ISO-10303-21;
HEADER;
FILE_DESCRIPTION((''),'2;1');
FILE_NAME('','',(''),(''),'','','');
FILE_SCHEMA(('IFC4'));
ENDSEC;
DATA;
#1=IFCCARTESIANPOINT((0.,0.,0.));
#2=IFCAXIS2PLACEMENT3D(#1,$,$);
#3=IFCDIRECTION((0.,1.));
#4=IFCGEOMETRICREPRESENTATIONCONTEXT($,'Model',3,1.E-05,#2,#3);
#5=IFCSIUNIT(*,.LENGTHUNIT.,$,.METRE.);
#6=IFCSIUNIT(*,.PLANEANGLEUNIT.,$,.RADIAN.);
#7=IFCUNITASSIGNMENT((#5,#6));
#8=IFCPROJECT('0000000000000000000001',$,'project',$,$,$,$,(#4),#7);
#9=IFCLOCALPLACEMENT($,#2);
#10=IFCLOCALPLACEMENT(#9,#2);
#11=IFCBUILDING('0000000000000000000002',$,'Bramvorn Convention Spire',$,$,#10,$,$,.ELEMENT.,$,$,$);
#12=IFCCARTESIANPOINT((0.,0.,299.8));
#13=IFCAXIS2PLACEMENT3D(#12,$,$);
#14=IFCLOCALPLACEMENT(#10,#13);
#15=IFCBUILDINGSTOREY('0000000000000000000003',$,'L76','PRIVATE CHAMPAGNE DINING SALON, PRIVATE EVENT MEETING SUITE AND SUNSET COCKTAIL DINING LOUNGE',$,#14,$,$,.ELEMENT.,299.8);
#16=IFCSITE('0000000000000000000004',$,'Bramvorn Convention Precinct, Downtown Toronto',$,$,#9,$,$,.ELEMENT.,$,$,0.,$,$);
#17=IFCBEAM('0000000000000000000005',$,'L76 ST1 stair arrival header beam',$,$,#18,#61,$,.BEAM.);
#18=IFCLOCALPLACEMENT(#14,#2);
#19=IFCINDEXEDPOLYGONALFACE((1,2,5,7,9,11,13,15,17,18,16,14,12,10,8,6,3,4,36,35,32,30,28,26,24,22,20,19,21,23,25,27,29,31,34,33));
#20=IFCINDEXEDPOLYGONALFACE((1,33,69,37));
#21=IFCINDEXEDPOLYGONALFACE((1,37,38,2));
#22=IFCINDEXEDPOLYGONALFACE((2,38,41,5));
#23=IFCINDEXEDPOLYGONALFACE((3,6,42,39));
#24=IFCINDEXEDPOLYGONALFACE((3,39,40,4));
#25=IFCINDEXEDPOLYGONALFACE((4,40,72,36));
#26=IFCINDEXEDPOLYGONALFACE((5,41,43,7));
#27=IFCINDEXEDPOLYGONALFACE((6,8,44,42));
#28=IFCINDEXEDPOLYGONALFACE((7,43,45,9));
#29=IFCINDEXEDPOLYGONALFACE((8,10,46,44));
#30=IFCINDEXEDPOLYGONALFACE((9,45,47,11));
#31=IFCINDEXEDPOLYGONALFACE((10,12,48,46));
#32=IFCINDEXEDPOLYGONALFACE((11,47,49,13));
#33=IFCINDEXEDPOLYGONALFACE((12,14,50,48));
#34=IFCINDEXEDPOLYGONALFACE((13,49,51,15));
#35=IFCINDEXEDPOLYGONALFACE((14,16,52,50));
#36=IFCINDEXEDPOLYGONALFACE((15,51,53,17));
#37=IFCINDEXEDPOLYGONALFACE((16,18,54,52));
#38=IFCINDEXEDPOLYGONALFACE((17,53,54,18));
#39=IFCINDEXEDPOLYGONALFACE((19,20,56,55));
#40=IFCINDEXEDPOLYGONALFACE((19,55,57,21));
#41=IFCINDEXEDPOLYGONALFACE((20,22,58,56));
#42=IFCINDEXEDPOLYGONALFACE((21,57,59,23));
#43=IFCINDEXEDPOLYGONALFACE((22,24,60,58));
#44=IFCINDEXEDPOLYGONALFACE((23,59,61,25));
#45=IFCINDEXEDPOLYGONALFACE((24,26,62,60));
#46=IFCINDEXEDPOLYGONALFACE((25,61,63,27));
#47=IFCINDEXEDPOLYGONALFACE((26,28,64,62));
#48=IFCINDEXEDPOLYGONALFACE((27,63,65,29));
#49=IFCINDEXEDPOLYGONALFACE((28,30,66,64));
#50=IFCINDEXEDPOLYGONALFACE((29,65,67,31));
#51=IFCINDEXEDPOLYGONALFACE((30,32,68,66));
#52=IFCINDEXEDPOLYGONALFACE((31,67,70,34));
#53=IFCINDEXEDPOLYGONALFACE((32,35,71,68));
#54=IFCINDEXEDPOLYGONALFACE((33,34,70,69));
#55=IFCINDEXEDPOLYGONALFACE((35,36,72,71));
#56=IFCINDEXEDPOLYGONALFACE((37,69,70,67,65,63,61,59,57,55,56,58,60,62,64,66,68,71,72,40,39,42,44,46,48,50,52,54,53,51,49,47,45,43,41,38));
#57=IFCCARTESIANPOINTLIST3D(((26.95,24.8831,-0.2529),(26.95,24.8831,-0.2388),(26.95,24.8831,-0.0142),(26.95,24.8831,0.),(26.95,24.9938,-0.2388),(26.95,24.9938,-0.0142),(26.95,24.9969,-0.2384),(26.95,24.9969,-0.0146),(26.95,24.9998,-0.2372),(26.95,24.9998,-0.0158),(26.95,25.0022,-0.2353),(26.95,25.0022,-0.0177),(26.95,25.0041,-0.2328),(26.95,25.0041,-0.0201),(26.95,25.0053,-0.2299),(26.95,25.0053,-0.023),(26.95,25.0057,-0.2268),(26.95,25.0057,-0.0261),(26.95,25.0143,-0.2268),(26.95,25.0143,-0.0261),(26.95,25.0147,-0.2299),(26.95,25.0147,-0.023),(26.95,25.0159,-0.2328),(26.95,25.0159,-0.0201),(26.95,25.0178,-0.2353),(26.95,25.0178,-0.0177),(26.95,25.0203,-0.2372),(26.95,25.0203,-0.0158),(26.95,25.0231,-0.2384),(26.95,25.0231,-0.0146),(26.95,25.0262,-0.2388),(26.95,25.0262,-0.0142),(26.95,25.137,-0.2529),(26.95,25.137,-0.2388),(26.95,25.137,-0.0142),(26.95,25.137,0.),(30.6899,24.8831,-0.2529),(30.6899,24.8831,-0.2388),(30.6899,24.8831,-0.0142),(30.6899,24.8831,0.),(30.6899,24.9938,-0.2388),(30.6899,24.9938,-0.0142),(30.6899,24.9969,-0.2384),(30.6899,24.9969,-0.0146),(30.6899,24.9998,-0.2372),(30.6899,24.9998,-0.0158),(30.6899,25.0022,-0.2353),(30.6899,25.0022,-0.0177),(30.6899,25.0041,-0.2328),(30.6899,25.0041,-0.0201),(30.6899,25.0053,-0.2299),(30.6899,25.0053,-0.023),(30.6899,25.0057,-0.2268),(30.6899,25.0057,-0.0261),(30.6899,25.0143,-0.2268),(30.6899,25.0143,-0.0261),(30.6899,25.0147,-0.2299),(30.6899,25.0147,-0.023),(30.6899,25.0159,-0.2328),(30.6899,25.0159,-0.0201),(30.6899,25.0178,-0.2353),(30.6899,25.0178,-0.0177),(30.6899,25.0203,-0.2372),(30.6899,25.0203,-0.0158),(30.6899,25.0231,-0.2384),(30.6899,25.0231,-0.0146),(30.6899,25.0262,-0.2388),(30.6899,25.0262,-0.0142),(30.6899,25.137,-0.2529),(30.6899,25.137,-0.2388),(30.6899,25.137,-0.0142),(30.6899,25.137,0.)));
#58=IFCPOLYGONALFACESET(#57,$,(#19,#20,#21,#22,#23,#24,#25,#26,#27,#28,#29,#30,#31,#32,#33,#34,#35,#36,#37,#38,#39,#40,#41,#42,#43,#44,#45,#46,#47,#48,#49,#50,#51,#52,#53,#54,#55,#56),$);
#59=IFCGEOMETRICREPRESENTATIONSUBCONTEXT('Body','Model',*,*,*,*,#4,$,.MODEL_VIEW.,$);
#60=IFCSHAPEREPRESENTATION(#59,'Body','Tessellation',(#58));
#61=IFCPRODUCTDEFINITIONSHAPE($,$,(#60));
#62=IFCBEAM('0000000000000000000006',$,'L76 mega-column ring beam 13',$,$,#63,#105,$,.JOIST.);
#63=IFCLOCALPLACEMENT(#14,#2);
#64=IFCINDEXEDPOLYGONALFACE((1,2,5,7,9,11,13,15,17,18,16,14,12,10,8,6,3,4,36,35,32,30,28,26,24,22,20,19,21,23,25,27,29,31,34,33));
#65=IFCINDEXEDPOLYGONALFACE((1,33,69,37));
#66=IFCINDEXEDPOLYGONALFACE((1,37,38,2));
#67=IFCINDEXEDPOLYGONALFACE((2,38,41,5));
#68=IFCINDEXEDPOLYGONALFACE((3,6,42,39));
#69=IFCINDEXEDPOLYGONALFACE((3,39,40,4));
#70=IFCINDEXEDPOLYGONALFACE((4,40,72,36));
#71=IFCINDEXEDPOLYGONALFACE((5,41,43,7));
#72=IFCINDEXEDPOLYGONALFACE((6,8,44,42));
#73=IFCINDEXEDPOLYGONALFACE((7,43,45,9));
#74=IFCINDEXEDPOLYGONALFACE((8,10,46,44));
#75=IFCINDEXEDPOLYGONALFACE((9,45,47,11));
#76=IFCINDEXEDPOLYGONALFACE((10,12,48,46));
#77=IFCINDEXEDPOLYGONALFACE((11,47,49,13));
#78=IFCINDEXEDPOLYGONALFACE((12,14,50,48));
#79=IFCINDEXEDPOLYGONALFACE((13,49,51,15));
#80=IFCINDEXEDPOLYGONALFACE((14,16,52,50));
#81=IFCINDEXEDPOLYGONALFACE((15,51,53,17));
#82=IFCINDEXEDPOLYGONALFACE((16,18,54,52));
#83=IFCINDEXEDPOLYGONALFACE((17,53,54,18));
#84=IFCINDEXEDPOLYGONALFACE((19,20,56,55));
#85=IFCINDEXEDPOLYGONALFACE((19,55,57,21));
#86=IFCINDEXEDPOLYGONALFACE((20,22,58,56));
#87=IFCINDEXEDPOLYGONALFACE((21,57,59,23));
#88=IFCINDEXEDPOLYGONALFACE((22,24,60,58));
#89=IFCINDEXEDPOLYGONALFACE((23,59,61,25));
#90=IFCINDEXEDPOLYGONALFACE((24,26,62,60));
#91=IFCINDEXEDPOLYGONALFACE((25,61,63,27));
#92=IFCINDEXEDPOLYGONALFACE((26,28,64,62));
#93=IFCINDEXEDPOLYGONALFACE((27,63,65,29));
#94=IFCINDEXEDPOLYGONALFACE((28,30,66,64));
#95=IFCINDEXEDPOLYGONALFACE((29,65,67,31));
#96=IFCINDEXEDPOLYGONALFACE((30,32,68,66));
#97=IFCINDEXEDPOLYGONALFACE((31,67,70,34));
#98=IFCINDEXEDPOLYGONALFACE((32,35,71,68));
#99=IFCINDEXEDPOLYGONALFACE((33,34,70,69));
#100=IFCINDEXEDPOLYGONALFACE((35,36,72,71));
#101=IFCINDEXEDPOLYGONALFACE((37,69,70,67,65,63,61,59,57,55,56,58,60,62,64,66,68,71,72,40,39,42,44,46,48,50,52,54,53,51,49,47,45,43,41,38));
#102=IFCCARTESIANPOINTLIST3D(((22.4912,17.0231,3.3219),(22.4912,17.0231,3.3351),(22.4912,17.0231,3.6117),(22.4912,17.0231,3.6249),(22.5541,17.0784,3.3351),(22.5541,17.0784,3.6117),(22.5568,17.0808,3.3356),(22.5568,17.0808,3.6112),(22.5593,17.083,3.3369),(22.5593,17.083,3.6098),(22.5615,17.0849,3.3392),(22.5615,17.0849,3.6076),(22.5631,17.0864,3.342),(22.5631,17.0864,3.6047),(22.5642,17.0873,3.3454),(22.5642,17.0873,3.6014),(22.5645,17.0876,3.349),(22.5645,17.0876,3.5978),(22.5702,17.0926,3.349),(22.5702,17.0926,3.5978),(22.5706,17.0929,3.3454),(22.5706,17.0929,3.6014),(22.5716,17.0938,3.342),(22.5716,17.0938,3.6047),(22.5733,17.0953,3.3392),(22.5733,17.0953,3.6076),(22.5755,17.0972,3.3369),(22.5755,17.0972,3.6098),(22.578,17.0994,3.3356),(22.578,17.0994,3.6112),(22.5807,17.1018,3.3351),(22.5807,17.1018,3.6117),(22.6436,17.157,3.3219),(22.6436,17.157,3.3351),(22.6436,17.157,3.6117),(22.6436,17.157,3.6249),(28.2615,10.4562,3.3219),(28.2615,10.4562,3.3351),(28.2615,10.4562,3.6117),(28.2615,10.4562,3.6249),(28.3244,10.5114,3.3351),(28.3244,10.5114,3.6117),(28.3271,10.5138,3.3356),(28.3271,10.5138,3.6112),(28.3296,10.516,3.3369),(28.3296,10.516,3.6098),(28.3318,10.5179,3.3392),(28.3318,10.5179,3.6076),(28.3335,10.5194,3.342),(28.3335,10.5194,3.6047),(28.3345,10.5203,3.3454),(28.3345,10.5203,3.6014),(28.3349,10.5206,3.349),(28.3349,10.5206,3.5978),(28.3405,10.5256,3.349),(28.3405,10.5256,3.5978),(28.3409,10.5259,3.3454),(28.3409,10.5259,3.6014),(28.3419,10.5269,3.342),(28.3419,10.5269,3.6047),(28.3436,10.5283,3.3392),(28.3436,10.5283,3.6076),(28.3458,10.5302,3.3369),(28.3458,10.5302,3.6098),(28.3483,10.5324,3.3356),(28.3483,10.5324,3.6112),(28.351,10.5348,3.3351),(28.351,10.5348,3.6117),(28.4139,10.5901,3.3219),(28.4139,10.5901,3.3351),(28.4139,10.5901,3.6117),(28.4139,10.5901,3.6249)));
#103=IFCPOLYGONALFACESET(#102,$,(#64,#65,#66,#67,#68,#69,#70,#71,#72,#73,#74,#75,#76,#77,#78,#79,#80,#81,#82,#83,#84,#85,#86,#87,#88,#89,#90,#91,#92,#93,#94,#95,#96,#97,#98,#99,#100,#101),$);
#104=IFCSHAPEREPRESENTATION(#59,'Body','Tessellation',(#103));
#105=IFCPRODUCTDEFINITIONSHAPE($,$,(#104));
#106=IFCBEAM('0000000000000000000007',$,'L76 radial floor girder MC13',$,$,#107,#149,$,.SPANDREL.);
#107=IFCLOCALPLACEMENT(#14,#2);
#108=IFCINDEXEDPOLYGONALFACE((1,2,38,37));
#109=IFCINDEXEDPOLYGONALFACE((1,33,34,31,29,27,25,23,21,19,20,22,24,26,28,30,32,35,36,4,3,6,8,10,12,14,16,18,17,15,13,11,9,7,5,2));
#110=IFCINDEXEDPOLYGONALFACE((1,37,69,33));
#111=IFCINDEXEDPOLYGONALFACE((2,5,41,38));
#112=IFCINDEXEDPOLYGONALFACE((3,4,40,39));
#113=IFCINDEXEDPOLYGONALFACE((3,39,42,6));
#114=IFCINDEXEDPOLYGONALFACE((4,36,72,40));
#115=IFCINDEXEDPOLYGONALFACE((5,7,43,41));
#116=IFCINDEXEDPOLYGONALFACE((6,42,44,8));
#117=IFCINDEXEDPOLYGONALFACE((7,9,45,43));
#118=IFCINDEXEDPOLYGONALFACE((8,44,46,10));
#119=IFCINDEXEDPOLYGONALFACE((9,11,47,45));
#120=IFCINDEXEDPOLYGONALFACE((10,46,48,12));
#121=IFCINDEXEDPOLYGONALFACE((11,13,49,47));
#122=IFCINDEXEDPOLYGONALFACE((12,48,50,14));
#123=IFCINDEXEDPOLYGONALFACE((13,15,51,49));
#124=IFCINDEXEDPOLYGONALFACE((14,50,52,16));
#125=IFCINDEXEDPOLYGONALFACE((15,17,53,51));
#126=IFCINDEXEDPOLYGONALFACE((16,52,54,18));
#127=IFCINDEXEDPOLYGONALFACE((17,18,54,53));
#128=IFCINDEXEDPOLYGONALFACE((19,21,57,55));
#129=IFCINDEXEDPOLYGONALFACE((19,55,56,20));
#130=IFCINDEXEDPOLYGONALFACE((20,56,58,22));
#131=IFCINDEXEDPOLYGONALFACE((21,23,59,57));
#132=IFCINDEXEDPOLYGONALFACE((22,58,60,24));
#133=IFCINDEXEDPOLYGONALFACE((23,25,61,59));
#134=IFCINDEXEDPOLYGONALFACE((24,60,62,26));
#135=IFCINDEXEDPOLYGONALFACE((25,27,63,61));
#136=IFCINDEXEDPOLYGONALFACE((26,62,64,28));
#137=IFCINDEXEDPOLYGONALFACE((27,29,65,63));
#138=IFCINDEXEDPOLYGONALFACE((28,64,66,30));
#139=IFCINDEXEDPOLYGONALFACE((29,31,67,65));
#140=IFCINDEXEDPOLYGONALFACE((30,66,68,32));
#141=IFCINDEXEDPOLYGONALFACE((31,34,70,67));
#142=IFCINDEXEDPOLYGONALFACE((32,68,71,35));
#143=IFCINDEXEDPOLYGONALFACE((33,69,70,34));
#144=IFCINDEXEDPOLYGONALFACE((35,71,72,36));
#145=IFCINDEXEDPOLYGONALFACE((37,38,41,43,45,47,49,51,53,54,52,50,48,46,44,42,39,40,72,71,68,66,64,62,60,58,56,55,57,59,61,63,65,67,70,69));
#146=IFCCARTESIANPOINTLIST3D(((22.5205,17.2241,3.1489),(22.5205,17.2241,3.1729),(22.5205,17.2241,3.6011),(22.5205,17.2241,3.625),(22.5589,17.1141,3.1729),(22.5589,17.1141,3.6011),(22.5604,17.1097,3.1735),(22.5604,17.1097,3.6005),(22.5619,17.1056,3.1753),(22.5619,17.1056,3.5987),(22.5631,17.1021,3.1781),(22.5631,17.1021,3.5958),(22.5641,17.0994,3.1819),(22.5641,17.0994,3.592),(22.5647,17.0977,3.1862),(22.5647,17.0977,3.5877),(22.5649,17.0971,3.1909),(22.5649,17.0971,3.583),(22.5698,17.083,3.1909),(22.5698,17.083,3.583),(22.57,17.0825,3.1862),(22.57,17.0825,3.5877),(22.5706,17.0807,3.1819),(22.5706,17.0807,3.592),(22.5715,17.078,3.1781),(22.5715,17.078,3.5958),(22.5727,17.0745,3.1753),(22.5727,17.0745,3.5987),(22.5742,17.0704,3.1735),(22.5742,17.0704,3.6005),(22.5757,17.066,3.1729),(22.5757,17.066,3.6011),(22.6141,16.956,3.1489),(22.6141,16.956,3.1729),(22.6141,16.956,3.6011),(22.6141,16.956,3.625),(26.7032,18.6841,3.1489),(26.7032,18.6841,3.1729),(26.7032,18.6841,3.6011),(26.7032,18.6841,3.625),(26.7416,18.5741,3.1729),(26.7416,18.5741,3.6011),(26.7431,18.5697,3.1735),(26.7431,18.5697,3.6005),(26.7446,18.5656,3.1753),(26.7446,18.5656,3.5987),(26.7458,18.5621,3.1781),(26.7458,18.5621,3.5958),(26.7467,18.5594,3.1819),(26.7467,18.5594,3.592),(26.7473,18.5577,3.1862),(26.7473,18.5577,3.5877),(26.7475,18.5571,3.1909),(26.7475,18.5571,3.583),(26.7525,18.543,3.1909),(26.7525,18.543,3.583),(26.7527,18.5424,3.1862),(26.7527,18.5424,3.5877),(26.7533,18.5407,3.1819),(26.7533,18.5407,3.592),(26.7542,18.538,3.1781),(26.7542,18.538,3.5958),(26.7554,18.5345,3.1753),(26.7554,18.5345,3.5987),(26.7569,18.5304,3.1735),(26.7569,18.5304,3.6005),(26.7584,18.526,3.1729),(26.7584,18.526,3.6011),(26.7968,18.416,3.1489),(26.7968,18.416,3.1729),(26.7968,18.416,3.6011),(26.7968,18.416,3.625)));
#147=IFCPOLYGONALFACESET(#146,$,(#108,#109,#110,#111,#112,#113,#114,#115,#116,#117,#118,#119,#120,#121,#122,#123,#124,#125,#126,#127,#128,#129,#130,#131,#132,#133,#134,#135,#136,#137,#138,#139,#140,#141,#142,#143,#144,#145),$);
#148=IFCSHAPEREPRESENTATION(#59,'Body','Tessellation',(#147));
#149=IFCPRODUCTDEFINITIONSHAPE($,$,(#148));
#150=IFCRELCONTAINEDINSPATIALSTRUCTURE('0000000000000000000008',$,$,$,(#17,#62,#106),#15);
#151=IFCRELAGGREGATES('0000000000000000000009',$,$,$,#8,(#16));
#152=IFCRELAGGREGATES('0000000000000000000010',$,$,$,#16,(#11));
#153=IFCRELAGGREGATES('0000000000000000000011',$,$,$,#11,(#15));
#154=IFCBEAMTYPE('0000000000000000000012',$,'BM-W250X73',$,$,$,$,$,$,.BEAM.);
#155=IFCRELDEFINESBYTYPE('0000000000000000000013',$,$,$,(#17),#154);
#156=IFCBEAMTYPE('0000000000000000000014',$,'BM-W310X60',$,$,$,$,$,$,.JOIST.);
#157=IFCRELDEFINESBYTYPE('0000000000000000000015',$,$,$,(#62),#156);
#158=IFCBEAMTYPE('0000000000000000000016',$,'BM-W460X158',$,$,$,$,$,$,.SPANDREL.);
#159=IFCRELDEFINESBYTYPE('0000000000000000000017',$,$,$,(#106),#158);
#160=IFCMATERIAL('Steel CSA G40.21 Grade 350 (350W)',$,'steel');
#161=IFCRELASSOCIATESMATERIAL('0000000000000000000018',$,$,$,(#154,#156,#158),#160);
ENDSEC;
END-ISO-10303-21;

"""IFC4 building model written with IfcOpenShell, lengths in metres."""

from ifc_helpers import new_model, si_unit, direction, frame, origin, origin_2d, place, context, subcontext, project, spatial, i_section, extrude, material, material_profile, profile_set, type_object, element, save


model = new_model("IFC4")

# Units and contexts
model_context = context("Model", 3, precision=1e-05, world=origin(), true_north=direction((0.0, 1.0)))
body_context = subcontext(model_context, "Body", "Model", "MODEL_VIEW")
ifc_project = project(units=[si_unit("LENGTHUNIT", "METRE"), si_unit("PLANEANGLEUNIT", "RADIAN")], contexts=[model_context])

# Site, building, storey
site_placement = place(None, origin())
site = spatial("IfcSite", under=ifc_project, at=site_placement, Name="Bramvorn Convention Precinct, Downtown Toronto", CompositionType="ELEMENT", RefElevation=0.0)
building_placement = place(site_placement, origin())
building = spatial("IfcBuilding", under=site, at=building_placement, Name="Bramvorn Convention Spire", CompositionType="ELEMENT")
storey_placement = place(building_placement, frame((0.0, 0.0, 299.8)))
storey = spatial("IfcBuildingStorey", under=building, at=storey_placement, Name="L76", Description="PRIVATE CHAMPAGNE DINING SALON, PRIVATE EVENT MEETING SUITE AND SUNSET COCKTAIL DINING LOUNGE", CompositionType="ELEMENT", Elevation=299.8)

# Shared definitions
ifc_material_1 = material(Name="Steel CSA G40.21 Grade 350 (350W)", Category="steel")

# Beams
ifc_material_profile_1 = material_profile(ifc_material_1, i_section(OverallWidth=0.2539, OverallDepth=0.2529, WebThickness=0.0085, FlangeThickness=0.0142, FilletRadius=0.012, at=origin_2d()))
ifc_profile_set_1 = profile_set([ifc_material_profile_1], Name="Steel CSA G40.21 Grade 350 (350W) - W250X73")
beam_type_1 = type_object("IfcBeamType", Name="BM-W250X73", PredefinedType="BEAM", material=ifc_profile_set_1)
beam_1_placement = place(storey_placement, frame((26.95, 25.01, -0.1265), z_axis=(1.0, 0.0, 0.0), x_axis=(0.0, 1.0, 0.0)))
element("IfcBeam", 1, at=beam_1_placement, inside=storey, type_object=beam_type_1, Name="L76 ST1 stair arrival header beam", PredefinedType="BEAM", context=body_context, shape_type="SweptSolid", body=[
    extrude(i_section(OverallWidth=0.2539, OverallDepth=0.2529, WebThickness=0.0085, FlangeThickness=0.0142, FilletRadius=0.012, at=origin_2d()), origin(), (0.0, 0.0, 1.0), 3.74),
])
ifc_material_profile_2 = material_profile(ifc_material_1, i_section(OverallWidth=0.2029, OverallDepth=0.303, WebThickness=0.0076, FlangeThickness=0.0132, FilletRadius=0.0139, at=origin_2d()))
ifc_profile_set_2 = profile_set([ifc_material_profile_2], Name="Steel CSA G40.21 Grade 350 (350W) - W310X60")
beam_type_2 = type_object("IfcBeamType", Name="BM-W310X60", PredefinedType="JOIST", material=ifc_profile_set_2)
beam_2_placement = place(storey_placement, frame((22.5674, 17.0901, 3.4734), z_axis=(0.660073, -0.751201, 0.0), x_axis=(0.751201, 0.660073, 0.0)))
element("IfcBeam", 2, at=beam_2_placement, inside=storey, type_object=beam_type_2, Name="L76 mega-column ring beam 13", PredefinedType="JOIST", context=body_context, shape_type="SweptSolid", body=[
    extrude(i_section(OverallWidth=0.2029, OverallDepth=0.303, WebThickness=0.0076, FlangeThickness=0.0132, FilletRadius=0.0139, at=origin_2d()), origin(), (0.0, 0.0, 1.0), 8.7419),
])
ifc_material_profile_3 = material_profile(ifc_material_1, i_section(OverallWidth=0.2839, OverallDepth=0.4761, WebThickness=0.0149, FlangeThickness=0.0239, FilletRadius=0.0181, at=origin_2d()))
ifc_profile_set_3 = profile_set([ifc_material_profile_3], Name="Steel CSA G40.21 Grade 350 (350W) - W460X158")
beam_type_3 = type_object("IfcBeamType", Name="BM-W460X158", PredefinedType="SPANDREL", material=ifc_profile_set_3)
beam_3_placement = place(storey_placement, frame((26.75, 18.55, 3.387), z_axis=(-0.944136, -0.329555, 0.0), x_axis=(0.329555, -0.944136, 0.0)))
element("IfcBeam", 3, at=beam_3_placement, inside=storey, type_object=beam_type_3, Name="L76 radial floor girder MC13", PredefinedType="SPANDREL", context=body_context, shape_type="SweptSolid", body=[
    extrude(i_section(OverallWidth=0.2839, OverallDepth=0.4761, WebThickness=0.0149, FlangeThickness=0.0239, FilletRadius=0.0181, at=origin_2d()), origin(), (0.0, 0.0, 1.0), 4.4302),
])

save(model, "model.ifc")
